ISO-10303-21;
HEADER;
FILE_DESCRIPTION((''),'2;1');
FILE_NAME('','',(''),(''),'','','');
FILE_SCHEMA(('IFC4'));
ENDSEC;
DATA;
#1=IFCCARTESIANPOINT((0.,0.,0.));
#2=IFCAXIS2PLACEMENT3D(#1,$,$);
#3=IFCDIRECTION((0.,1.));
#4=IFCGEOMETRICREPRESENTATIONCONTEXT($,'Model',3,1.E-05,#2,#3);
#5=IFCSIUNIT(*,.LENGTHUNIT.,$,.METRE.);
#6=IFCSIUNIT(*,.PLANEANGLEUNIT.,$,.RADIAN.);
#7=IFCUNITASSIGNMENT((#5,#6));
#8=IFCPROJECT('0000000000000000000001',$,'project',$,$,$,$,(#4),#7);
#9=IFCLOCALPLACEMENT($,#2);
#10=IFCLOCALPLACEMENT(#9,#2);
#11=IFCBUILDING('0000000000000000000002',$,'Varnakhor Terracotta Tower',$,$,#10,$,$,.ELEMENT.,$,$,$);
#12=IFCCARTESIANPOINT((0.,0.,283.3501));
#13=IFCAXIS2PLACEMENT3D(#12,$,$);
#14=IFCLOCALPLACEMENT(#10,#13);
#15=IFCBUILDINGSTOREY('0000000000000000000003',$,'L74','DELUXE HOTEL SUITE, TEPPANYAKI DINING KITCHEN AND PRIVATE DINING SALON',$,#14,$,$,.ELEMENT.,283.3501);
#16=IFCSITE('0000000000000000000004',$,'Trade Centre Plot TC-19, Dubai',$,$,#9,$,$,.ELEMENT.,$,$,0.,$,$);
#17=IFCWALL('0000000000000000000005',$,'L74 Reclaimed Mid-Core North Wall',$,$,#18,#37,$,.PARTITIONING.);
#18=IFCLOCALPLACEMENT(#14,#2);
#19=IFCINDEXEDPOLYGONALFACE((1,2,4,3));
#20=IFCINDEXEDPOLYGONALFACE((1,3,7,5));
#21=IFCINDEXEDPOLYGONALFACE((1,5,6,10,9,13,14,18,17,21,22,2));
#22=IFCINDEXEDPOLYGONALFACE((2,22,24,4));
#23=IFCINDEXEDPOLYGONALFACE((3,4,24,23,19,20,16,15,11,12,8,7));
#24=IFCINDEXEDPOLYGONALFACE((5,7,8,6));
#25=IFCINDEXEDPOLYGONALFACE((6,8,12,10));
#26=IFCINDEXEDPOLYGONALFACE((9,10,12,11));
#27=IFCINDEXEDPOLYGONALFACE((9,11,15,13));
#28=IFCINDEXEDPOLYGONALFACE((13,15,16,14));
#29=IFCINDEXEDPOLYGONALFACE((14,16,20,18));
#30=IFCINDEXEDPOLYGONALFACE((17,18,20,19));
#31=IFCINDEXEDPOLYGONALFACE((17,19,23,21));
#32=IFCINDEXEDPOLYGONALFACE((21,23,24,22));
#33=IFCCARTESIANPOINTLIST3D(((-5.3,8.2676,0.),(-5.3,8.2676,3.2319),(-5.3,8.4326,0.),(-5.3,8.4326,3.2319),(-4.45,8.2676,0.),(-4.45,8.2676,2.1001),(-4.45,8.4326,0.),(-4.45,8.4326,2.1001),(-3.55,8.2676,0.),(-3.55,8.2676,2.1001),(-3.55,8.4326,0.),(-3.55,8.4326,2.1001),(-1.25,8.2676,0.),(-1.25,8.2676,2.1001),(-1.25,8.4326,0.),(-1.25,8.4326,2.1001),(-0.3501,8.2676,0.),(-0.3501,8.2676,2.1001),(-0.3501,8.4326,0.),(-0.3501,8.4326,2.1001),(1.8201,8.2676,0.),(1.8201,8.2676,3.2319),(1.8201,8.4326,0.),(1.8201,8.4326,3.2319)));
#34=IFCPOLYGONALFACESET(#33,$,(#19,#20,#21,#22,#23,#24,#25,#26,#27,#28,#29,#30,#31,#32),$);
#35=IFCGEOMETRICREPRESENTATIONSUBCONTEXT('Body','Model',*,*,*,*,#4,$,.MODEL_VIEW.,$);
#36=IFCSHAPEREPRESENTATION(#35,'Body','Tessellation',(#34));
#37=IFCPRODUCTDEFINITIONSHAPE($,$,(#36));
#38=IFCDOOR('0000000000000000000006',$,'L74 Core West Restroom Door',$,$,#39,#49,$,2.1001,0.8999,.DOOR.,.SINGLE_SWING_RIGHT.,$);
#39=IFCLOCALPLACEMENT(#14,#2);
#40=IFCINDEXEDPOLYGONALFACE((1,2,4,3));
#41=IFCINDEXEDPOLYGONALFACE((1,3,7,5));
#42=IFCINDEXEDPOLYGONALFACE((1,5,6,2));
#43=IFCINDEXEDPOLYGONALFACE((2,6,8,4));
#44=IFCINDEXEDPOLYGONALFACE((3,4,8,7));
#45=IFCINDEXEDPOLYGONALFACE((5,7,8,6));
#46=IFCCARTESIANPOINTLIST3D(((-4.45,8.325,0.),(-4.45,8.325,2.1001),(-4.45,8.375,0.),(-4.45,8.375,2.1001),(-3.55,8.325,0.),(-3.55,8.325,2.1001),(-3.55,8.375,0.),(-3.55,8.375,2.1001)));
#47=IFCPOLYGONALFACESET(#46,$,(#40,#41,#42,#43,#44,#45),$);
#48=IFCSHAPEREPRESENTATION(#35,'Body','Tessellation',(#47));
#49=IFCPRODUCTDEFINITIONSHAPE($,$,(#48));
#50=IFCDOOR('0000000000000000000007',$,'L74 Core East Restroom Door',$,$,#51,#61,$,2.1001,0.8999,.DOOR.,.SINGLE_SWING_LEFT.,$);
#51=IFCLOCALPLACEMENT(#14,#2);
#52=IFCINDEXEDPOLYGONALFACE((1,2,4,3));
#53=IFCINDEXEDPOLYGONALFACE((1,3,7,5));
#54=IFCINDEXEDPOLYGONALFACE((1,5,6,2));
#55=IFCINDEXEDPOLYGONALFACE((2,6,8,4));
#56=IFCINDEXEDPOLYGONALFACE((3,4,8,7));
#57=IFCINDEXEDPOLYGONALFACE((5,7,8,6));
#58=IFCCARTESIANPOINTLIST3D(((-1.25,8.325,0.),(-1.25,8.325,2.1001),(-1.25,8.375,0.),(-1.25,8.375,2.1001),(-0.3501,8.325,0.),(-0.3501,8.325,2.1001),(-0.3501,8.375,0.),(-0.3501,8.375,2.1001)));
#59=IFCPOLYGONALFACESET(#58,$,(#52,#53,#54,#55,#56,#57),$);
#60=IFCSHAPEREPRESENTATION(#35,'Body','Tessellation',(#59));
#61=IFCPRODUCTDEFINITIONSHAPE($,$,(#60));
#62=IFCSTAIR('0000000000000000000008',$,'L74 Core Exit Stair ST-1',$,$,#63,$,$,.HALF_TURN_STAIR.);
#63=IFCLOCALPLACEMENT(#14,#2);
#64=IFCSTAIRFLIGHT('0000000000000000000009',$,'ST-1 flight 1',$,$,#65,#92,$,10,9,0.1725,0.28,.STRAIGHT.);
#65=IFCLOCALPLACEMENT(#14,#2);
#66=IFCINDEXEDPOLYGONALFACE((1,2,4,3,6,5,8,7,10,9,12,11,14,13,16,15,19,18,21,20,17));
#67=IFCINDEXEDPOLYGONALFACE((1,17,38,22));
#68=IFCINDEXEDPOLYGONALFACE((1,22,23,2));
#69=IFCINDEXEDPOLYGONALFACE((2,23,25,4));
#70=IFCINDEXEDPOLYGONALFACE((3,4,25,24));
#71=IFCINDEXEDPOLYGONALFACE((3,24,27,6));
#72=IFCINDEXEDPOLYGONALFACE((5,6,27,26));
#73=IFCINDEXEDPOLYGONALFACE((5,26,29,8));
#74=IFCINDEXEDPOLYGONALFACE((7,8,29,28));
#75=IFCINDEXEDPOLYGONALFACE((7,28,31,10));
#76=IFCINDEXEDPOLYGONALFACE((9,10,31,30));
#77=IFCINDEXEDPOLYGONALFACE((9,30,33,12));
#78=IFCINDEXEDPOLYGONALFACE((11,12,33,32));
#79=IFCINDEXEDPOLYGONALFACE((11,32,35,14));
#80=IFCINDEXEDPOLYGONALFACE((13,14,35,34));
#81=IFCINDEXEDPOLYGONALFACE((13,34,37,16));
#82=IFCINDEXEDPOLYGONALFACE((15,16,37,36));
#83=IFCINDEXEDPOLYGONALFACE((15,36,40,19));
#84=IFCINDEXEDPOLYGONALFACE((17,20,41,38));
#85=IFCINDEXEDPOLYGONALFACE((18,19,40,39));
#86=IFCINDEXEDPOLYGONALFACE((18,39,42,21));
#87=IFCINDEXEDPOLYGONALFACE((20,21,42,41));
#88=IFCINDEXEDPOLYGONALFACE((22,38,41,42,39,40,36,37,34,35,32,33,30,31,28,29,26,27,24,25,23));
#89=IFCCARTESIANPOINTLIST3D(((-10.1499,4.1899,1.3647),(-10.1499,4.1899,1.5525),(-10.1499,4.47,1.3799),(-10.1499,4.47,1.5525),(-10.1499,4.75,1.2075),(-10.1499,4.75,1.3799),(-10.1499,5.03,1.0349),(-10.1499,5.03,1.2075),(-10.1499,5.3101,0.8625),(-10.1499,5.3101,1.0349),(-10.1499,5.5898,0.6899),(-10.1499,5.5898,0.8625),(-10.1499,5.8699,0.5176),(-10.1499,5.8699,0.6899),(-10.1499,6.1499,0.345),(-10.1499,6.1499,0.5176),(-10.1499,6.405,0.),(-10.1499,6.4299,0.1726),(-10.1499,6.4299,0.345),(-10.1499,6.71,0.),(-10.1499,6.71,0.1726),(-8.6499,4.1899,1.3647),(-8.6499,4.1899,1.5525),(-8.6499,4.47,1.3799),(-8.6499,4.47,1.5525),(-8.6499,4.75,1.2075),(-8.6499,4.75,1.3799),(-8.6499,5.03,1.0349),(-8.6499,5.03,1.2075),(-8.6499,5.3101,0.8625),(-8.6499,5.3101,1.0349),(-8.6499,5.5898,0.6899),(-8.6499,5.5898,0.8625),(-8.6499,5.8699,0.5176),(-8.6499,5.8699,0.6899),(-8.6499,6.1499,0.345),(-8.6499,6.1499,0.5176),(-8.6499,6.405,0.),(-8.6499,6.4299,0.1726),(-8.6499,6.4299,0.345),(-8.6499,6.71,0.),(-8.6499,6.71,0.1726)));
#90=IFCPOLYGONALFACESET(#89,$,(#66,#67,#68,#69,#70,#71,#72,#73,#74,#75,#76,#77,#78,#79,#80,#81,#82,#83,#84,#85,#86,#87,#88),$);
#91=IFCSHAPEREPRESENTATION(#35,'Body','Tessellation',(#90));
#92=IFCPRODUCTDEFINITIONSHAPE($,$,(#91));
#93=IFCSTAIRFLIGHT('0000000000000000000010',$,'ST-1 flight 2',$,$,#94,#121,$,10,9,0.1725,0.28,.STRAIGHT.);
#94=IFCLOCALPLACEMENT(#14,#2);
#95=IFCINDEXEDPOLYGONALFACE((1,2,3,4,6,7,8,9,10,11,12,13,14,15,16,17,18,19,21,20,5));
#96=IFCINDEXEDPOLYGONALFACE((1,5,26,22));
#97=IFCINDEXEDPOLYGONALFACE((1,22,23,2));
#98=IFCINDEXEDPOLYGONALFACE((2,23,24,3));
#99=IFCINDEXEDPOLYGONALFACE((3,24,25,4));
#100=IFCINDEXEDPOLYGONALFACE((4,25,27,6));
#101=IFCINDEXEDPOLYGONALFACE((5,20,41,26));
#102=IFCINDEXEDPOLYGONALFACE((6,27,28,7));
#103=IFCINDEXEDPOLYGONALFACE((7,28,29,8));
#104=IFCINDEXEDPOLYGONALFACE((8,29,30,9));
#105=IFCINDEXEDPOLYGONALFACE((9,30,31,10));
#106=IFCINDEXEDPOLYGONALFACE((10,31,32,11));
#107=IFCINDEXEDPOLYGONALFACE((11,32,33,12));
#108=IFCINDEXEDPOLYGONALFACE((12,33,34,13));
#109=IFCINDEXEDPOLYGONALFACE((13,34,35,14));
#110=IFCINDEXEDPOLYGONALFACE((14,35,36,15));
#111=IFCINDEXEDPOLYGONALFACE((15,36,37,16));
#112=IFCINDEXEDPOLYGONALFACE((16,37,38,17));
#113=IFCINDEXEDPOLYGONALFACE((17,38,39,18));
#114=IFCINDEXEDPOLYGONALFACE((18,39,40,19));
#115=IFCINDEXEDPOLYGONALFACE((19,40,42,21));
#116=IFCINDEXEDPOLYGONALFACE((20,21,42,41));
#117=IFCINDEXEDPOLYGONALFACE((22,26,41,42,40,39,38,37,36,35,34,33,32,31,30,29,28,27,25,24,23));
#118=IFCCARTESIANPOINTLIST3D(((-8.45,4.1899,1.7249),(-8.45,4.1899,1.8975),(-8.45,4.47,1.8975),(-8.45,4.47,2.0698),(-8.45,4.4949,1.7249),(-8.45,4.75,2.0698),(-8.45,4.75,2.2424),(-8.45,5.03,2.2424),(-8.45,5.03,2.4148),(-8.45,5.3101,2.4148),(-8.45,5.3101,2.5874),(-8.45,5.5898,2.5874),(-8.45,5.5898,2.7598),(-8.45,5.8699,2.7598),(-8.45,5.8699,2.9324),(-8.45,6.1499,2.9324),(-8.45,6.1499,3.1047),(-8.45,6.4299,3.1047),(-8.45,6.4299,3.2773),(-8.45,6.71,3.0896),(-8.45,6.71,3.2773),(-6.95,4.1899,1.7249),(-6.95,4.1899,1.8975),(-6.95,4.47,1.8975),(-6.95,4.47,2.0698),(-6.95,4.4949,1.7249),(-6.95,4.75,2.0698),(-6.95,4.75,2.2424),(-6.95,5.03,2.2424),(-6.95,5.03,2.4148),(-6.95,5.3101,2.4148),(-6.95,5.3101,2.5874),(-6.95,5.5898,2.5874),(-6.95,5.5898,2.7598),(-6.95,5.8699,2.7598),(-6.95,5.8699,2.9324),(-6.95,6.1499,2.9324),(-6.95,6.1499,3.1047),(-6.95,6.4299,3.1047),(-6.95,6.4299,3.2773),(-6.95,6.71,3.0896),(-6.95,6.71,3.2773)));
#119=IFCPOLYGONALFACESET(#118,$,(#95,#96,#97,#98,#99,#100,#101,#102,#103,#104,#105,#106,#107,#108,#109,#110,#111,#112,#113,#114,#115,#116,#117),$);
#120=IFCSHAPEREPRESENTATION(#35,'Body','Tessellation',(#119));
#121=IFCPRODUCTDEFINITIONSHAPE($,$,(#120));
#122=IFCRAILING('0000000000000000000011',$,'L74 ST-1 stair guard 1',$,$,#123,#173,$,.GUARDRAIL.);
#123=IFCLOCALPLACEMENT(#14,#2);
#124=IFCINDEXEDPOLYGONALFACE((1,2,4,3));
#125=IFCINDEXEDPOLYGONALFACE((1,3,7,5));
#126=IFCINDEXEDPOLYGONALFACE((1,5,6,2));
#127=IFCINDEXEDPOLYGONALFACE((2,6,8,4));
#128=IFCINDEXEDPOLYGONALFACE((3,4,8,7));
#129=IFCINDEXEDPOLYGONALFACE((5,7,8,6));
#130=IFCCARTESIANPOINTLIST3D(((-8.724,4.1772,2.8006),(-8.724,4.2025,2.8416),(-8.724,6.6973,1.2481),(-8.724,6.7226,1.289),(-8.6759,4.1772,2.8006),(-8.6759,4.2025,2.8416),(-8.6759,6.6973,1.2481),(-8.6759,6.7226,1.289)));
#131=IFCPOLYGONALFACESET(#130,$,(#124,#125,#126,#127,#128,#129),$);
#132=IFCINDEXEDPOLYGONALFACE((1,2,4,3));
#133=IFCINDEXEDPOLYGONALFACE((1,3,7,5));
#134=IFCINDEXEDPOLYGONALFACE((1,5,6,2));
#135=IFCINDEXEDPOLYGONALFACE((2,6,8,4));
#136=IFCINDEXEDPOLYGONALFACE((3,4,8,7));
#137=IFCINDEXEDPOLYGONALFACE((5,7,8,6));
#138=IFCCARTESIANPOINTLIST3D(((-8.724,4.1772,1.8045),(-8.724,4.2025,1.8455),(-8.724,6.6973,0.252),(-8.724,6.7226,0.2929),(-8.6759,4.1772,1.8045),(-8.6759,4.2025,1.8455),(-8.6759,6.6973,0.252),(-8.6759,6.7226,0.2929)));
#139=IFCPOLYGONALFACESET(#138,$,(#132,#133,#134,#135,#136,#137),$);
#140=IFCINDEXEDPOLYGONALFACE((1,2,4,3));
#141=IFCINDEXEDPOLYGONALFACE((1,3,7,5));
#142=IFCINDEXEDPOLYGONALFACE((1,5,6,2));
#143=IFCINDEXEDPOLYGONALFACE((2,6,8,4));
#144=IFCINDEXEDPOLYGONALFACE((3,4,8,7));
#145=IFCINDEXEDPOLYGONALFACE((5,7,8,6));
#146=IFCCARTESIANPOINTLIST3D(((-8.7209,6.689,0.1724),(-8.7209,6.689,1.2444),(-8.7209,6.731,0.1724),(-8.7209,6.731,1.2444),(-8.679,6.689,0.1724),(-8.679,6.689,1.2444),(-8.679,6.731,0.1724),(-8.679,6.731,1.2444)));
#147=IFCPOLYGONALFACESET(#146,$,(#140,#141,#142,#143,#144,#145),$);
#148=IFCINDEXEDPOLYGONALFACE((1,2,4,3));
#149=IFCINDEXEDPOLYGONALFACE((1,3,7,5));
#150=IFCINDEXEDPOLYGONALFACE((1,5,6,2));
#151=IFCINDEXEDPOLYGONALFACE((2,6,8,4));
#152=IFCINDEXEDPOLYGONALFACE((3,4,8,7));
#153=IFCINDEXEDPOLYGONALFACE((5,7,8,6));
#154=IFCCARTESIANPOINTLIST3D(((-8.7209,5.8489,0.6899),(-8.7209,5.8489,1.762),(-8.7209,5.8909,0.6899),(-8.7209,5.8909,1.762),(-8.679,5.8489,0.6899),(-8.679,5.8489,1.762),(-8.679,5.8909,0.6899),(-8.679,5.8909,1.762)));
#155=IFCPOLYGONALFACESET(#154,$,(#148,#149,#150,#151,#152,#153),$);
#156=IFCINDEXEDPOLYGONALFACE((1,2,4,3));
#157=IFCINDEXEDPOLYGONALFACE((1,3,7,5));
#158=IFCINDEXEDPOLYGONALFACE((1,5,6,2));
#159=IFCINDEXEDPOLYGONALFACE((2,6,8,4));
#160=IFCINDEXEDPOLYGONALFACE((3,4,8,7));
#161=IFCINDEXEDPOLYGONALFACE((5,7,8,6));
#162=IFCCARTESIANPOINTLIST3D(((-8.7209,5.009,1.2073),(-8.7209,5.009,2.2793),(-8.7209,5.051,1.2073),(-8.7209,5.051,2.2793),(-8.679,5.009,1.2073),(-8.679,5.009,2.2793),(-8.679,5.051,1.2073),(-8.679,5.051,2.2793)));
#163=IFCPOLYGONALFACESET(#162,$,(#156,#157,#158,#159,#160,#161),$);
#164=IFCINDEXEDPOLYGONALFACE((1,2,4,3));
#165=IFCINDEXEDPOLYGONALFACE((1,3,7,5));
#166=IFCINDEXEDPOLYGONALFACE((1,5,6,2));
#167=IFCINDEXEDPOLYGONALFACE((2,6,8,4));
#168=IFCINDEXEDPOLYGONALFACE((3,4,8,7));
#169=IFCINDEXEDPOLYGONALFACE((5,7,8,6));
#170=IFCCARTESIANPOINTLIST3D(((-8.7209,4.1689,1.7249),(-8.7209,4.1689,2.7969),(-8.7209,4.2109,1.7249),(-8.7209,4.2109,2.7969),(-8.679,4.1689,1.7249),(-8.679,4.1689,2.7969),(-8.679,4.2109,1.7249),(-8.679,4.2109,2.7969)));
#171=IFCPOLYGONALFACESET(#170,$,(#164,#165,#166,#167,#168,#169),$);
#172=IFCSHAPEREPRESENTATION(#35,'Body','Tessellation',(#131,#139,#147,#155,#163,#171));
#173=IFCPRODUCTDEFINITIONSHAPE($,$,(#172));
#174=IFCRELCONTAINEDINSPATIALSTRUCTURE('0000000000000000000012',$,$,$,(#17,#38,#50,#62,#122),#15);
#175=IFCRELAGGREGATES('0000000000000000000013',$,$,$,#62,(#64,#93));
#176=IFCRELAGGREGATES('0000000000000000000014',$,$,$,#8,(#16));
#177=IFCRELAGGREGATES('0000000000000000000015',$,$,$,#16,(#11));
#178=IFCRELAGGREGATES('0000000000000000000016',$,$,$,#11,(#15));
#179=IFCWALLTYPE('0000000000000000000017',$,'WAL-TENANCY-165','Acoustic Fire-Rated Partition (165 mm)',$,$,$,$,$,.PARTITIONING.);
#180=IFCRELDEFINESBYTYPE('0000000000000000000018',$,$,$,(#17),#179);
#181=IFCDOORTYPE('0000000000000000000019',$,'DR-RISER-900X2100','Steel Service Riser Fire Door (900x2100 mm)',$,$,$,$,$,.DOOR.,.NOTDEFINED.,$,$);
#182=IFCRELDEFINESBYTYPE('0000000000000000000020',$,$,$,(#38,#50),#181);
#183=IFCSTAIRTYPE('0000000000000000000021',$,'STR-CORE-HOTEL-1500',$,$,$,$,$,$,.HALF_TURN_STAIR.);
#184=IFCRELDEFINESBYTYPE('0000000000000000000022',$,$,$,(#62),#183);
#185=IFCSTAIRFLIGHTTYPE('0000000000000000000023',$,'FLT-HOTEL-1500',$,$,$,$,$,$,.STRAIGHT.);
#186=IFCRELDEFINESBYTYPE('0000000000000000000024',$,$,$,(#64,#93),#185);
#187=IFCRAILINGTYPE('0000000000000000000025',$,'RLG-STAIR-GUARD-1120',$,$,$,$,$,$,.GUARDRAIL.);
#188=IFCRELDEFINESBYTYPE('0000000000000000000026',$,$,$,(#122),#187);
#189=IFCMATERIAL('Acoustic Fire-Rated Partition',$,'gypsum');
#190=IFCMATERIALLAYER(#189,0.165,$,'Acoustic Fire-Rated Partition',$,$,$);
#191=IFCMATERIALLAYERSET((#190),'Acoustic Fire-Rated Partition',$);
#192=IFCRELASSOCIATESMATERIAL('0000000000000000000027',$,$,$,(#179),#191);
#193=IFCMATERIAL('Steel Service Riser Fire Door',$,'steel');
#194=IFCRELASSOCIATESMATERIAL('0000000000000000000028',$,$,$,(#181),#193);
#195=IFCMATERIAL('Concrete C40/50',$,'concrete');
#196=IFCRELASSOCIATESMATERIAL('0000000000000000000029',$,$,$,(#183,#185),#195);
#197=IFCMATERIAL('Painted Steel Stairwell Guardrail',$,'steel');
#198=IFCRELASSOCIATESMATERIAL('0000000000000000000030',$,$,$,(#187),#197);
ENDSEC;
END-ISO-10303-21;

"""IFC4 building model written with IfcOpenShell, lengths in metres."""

from ifc_helpers import new_model, si_unit, direction, frame, frame_2d, origin, origin_2d, place, context, subcontext, project, spatial, polyline, rectangle, outline, extrude, source, transform, mapped, material, layer, layer_set, type_object, type_shapes, element, fill, aggregate, save


model = new_model("IFC4")

# Units and contexts
model_context = context("Model", 3, precision=1e-05, world=origin(), true_north=direction((0.0, 1.0)))
body_context = subcontext(model_context, "Body", "Model", "MODEL_VIEW")
ifc_project = project(units=[si_unit("LENGTHUNIT", "METRE"), si_unit("PLANEANGLEUNIT", "RADIAN")], contexts=[model_context])

# Site, building, storey
site_placement = place(None, origin())
site = spatial("IfcSite", under=ifc_project, at=site_placement, Name="Trade Centre Plot TC-19, Dubai", CompositionType="ELEMENT", RefElevation=0.0)
building_placement = place(site_placement, origin())
building = spatial("IfcBuilding", under=site, at=building_placement, Name="Varnakhor Terracotta Tower", CompositionType="ELEMENT")
storey_placement = place(building_placement, frame((0.0, 0.0, 283.3501)))
storey = spatial("IfcBuildingStorey", under=building, at=storey_placement, Name="L74", Description="DELUXE HOTEL SUITE, TEPPANYAKI DINING KITCHEN AND PRIVATE DINING SALON", CompositionType="ELEMENT", Elevation=283.3501)

# Shared definitions
ifc_material_1 = material(Name="Concrete C40/50", Category="concrete")

# Shared definitions
ifc_material_2 = material(Name="Acoustic Fire-Rated Partition", Category="gypsum")
ifc_layer_1 = layer(ifc_material_2, 0.165, Name="Acoustic Fire-Rated Partition")
ifc_layer_set_1 = layer_set([ifc_layer_1], Name="Acoustic Fire-Rated Partition")
wall_type_1 = type_object("IfcWallType", Name="WAL-TENANCY-165", Description="Acoustic Fire-Rated Partition (165 mm)", PredefinedType="PARTITIONING", material=ifc_layer_set_1)
ifc_material_3 = material(Name="Steel Service Riser Fire Door", Category="steel")
door_type_1 = type_object("IfcDoorType", Name="DR-RISER-900X2100", Description="Steel Service Riser Fire Door (900x2100 mm)", OperationType="NOTDEFINED", PredefinedType="DOOR", material=ifc_material_3)
shared_shape_1 = source(origin(), body_context, "Body", "SweptSolid", [
    extrude(rectangle(XDim=0.8999, YDim=2.1001, at=frame_2d((0.45, 1.05))), frame((0.0, 0.0249, 0.0), z_axis=(0.0, -1.0, 0.0), x_axis=(1.0, 0.0, 0.0)), (0.0, 0.0, 1.0), 0.05),
])
type_shapes(door_type_1, [shared_shape_1])

# Wall, openings, doors
wall_1_placement = place(storey_placement, frame((-5.3, 8.3501, 0.0), z_axis=(0.0, 0.0, 1.0), x_axis=(1.0, 0.0, 0.0)))
wall_1 = element("IfcWall", 1, at=wall_1_placement, inside=storey, type_object=wall_type_1, Name="L74 Reclaimed Mid-Core North Wall", PredefinedType="PARTITIONING", context=body_context, shape_type="SweptSolid", body=[
    extrude(rectangle(XDim=7.1201, YDim=0.165, at=frame_2d((3.5601, 0.0))), origin(), (0.0, 0.0, 1.0), 3.2319),
])
opening_1_placement = place(wall_1_placement, frame((0.8501, 0.0, 0.0)))
opening_1 = element("IfcOpeningElement", 2, at=opening_1_placement, cuts=wall_1, PredefinedType="OPENING", context=body_context, shape_type="SweptSolid", body=[
    extrude(rectangle(XDim=0.8999, YDim=2.1001, at=frame_2d((0.45, 1.05))), frame((0.0, 0.0925, 0.0), z_axis=(0.0, -1.0, 0.0), x_axis=(1.0, 0.0, 0.0)), (0.0, 0.0, 1.0), 0.1851),
])
opening_2_placement = place(wall_1_placement, frame((4.05, 0.0, 0.0)))
opening_2 = element("IfcOpeningElement", 3, at=opening_2_placement, cuts=wall_1, PredefinedType="OPENING", context=body_context, shape_type="SweptSolid", body=[
    extrude(rectangle(XDim=0.8999, YDim=2.1001, at=frame_2d((0.45, 1.05))), frame((0.0, 0.0925, 0.0), z_axis=(0.0, -1.0, 0.0), x_axis=(1.0, 0.0, 0.0)), (0.0, 0.0, 1.0), 0.1851),
])
door_1_placement = place(opening_1_placement, origin())
door_1 = element("IfcDoor", 4, at=door_1_placement, inside=storey, type_object=door_type_1, Name="L74 Core West Restroom Door", OperationType="SINGLE_SWING_RIGHT", OverallHeight=2.1001, OverallWidth=0.8999, PredefinedType="DOOR", context=body_context, shape_type="MappedRepresentation", body=[
    mapped(shared_shape_1, transform((0.0, 0.0, 0.0), scale=1.0)),
])
fill(opening_1, door_1)
door_2_placement = place(opening_2_placement, origin())
door_2 = element("IfcDoor", 5, at=door_2_placement, inside=storey, type_object=door_type_1, Name="L74 Core East Restroom Door", OperationType="SINGLE_SWING_LEFT", OverallHeight=2.1001, OverallWidth=0.8999, PredefinedType="DOOR", context=body_context, shape_type="MappedRepresentation", body=[
    mapped(shared_shape_1, transform((0.0, 0.0, 0.0), scale=1.0)),
])
fill(opening_2, door_2)

# Stair, stair flights
stair_type = type_object("IfcStairType", Name="STR-CORE-HOTEL-1500", PredefinedType="HALF_TURN_STAIR", material=ifc_material_1)
stair_placement = place(storey_placement, origin())
stair = element("IfcStair", 6, at=stair_placement, inside=storey, type_object=stair_type, Name="L74 Core Exit Stair ST-1", PredefinedType="HALF_TURN_STAIR")
stair_flight_type = type_object("IfcStairFlightType", Name="FLT-HOTEL-1500", PredefinedType="STRAIGHT", material=ifc_material_1)
stair_flight_1_placement = place(storey_placement, frame((-9.3999, 6.71, 0.0), z_axis=(0.0, 0.0, 1.0), x_axis=(0.0, -1.0, 0.0)))
stair_flight_1 = element("IfcStairFlight", 7, at=stair_flight_1_placement, type_object=stair_flight_type, Name="ST-1 flight 1", NumberOfRisers=10, NumberOfTreads=9, PredefinedType="STRAIGHT", RiserHeight=0.1725, TreadLength=0.28, context=body_context, shape_type="SweptSolid", body=[
    extrude(outline(polyline([(0.0, 0.0), (0.0, 0.1726), (0.28, 0.1726), (0.28, 0.345), (0.5601, 0.345), (0.5601, 0.5176), (0.8401, 0.5176), (0.8401, 0.6899), (1.1201, 0.6899), (1.1201, 0.8625), (1.3999, 0.8625), (1.3999, 1.0349), (1.6799, 1.0349), (1.6799, 1.2075), (1.96, 1.2075), (1.96, 1.3799), (2.24, 1.3799), (2.24, 1.5525), (2.52, 1.5525), (2.52, 1.7251), (2.52, 1.3647), (0.3049, 0.0), (0.0, 0.0)])), frame((0.0, 0.75, 0.0), z_axis=(0.0, -1.0, 0.0), x_axis=(1.0, 0.0, 0.0)), (0.0, 0.0, 1.0), 1.5),
])
stair_flight_2_placement = place(storey_placement, frame((-7.7, 4.1899, 1.7249), z_axis=(0.0, 0.0, 1.0), x_axis=(0.0, 1.0, 0.0)))
stair_flight_2 = element("IfcStairFlight", 8, at=stair_flight_2_placement, type_object=stair_flight_type, Name="ST-1 flight 2", NumberOfRisers=10, NumberOfTreads=9, PredefinedType="STRAIGHT", RiserHeight=0.1725, TreadLength=0.28, context=body_context, shape_type="SweptSolid", body=[
    extrude(outline(polyline([(0.0, 0.0), (0.0, 0.1726), (0.28, 0.1726), (0.28, 0.345), (0.5601, 0.345), (0.5601, 0.5176), (0.8401, 0.5176), (0.8401, 0.6899), (1.1201, 0.6899), (1.1201, 0.8625), (1.3999, 0.8625), (1.3999, 1.0349), (1.6799, 1.0349), (1.6799, 1.2075), (1.96, 1.2075), (1.96, 1.3799), (2.24, 1.3799), (2.24, 1.5525), (2.52, 1.5525), (2.52, 1.7251), (2.52, 1.3647), (0.3049, 0.0), (0.0, 0.0)])), frame((0.0, 0.75, 0.0), z_axis=(0.0, -1.0, 0.0), x_axis=(1.0, 0.0, 0.0)), (0.0, 0.0, 1.0), 1.5),
])
aggregate(stair, [stair_flight_1, stair_flight_2])

# Railing
ifc_material_4 = material(Name="Painted Steel Stairwell Guardrail", Category="steel")
railing_type_1 = type_object("IfcRailingType", Name="RLG-STAIR-GUARD-1120", PredefinedType="GUARDRAIL", material=ifc_material_4)
railing_1_placement = place(storey_placement, frame((-8.7, 6.71, 0.1724)))
element("IfcRailing", 9, at=railing_1_placement, inside=storey, type_object=railing_type_1, Name="L74 ST-1 stair guard 1", PredefinedType="GUARDRAIL", context=body_context, shape_type="SweptSolid", body=[
    extrude(rectangle(XDim=0.0481, YDim=0.0481, at=origin_2d()), frame((0.0, 0.0, 1.0962), z_axis=(0.0, -0.8514, 0.524516), x_axis=(1.0, 0.0, 0.0)), (0.0, 0.0, 1.0), 2.96),
    extrude(rectangle(XDim=0.0481, YDim=0.0481, at=origin_2d()), frame((0.0, 0.0, 0.1001), z_axis=(0.0, -0.8514, 0.524516), x_axis=(1.0, 0.0, 0.0)), (0.0, 0.0, 1.0), 2.96),
    extrude(rectangle(XDim=0.042, YDim=0.042, at=origin_2d()), origin(), (0.0, 0.0, 1.0), 1.072),
    extrude(rectangle(XDim=0.042, YDim=0.042, at=origin_2d()), frame((0.0, -0.8401, 0.5176)), (0.0, 0.0, 1.0), 1.072),
    extrude(rectangle(XDim=0.042, YDim=0.042, at=origin_2d()), frame((0.0, -1.6799, 1.0349)), (0.0, 0.0, 1.0), 1.072),
    extrude(rectangle(XDim=0.042, YDim=0.042, at=origin_2d()), frame((0.0, -2.52, 1.5525)), (0.0, 0.0, 1.0), 1.072),
])

save(model, "model.ifc")
